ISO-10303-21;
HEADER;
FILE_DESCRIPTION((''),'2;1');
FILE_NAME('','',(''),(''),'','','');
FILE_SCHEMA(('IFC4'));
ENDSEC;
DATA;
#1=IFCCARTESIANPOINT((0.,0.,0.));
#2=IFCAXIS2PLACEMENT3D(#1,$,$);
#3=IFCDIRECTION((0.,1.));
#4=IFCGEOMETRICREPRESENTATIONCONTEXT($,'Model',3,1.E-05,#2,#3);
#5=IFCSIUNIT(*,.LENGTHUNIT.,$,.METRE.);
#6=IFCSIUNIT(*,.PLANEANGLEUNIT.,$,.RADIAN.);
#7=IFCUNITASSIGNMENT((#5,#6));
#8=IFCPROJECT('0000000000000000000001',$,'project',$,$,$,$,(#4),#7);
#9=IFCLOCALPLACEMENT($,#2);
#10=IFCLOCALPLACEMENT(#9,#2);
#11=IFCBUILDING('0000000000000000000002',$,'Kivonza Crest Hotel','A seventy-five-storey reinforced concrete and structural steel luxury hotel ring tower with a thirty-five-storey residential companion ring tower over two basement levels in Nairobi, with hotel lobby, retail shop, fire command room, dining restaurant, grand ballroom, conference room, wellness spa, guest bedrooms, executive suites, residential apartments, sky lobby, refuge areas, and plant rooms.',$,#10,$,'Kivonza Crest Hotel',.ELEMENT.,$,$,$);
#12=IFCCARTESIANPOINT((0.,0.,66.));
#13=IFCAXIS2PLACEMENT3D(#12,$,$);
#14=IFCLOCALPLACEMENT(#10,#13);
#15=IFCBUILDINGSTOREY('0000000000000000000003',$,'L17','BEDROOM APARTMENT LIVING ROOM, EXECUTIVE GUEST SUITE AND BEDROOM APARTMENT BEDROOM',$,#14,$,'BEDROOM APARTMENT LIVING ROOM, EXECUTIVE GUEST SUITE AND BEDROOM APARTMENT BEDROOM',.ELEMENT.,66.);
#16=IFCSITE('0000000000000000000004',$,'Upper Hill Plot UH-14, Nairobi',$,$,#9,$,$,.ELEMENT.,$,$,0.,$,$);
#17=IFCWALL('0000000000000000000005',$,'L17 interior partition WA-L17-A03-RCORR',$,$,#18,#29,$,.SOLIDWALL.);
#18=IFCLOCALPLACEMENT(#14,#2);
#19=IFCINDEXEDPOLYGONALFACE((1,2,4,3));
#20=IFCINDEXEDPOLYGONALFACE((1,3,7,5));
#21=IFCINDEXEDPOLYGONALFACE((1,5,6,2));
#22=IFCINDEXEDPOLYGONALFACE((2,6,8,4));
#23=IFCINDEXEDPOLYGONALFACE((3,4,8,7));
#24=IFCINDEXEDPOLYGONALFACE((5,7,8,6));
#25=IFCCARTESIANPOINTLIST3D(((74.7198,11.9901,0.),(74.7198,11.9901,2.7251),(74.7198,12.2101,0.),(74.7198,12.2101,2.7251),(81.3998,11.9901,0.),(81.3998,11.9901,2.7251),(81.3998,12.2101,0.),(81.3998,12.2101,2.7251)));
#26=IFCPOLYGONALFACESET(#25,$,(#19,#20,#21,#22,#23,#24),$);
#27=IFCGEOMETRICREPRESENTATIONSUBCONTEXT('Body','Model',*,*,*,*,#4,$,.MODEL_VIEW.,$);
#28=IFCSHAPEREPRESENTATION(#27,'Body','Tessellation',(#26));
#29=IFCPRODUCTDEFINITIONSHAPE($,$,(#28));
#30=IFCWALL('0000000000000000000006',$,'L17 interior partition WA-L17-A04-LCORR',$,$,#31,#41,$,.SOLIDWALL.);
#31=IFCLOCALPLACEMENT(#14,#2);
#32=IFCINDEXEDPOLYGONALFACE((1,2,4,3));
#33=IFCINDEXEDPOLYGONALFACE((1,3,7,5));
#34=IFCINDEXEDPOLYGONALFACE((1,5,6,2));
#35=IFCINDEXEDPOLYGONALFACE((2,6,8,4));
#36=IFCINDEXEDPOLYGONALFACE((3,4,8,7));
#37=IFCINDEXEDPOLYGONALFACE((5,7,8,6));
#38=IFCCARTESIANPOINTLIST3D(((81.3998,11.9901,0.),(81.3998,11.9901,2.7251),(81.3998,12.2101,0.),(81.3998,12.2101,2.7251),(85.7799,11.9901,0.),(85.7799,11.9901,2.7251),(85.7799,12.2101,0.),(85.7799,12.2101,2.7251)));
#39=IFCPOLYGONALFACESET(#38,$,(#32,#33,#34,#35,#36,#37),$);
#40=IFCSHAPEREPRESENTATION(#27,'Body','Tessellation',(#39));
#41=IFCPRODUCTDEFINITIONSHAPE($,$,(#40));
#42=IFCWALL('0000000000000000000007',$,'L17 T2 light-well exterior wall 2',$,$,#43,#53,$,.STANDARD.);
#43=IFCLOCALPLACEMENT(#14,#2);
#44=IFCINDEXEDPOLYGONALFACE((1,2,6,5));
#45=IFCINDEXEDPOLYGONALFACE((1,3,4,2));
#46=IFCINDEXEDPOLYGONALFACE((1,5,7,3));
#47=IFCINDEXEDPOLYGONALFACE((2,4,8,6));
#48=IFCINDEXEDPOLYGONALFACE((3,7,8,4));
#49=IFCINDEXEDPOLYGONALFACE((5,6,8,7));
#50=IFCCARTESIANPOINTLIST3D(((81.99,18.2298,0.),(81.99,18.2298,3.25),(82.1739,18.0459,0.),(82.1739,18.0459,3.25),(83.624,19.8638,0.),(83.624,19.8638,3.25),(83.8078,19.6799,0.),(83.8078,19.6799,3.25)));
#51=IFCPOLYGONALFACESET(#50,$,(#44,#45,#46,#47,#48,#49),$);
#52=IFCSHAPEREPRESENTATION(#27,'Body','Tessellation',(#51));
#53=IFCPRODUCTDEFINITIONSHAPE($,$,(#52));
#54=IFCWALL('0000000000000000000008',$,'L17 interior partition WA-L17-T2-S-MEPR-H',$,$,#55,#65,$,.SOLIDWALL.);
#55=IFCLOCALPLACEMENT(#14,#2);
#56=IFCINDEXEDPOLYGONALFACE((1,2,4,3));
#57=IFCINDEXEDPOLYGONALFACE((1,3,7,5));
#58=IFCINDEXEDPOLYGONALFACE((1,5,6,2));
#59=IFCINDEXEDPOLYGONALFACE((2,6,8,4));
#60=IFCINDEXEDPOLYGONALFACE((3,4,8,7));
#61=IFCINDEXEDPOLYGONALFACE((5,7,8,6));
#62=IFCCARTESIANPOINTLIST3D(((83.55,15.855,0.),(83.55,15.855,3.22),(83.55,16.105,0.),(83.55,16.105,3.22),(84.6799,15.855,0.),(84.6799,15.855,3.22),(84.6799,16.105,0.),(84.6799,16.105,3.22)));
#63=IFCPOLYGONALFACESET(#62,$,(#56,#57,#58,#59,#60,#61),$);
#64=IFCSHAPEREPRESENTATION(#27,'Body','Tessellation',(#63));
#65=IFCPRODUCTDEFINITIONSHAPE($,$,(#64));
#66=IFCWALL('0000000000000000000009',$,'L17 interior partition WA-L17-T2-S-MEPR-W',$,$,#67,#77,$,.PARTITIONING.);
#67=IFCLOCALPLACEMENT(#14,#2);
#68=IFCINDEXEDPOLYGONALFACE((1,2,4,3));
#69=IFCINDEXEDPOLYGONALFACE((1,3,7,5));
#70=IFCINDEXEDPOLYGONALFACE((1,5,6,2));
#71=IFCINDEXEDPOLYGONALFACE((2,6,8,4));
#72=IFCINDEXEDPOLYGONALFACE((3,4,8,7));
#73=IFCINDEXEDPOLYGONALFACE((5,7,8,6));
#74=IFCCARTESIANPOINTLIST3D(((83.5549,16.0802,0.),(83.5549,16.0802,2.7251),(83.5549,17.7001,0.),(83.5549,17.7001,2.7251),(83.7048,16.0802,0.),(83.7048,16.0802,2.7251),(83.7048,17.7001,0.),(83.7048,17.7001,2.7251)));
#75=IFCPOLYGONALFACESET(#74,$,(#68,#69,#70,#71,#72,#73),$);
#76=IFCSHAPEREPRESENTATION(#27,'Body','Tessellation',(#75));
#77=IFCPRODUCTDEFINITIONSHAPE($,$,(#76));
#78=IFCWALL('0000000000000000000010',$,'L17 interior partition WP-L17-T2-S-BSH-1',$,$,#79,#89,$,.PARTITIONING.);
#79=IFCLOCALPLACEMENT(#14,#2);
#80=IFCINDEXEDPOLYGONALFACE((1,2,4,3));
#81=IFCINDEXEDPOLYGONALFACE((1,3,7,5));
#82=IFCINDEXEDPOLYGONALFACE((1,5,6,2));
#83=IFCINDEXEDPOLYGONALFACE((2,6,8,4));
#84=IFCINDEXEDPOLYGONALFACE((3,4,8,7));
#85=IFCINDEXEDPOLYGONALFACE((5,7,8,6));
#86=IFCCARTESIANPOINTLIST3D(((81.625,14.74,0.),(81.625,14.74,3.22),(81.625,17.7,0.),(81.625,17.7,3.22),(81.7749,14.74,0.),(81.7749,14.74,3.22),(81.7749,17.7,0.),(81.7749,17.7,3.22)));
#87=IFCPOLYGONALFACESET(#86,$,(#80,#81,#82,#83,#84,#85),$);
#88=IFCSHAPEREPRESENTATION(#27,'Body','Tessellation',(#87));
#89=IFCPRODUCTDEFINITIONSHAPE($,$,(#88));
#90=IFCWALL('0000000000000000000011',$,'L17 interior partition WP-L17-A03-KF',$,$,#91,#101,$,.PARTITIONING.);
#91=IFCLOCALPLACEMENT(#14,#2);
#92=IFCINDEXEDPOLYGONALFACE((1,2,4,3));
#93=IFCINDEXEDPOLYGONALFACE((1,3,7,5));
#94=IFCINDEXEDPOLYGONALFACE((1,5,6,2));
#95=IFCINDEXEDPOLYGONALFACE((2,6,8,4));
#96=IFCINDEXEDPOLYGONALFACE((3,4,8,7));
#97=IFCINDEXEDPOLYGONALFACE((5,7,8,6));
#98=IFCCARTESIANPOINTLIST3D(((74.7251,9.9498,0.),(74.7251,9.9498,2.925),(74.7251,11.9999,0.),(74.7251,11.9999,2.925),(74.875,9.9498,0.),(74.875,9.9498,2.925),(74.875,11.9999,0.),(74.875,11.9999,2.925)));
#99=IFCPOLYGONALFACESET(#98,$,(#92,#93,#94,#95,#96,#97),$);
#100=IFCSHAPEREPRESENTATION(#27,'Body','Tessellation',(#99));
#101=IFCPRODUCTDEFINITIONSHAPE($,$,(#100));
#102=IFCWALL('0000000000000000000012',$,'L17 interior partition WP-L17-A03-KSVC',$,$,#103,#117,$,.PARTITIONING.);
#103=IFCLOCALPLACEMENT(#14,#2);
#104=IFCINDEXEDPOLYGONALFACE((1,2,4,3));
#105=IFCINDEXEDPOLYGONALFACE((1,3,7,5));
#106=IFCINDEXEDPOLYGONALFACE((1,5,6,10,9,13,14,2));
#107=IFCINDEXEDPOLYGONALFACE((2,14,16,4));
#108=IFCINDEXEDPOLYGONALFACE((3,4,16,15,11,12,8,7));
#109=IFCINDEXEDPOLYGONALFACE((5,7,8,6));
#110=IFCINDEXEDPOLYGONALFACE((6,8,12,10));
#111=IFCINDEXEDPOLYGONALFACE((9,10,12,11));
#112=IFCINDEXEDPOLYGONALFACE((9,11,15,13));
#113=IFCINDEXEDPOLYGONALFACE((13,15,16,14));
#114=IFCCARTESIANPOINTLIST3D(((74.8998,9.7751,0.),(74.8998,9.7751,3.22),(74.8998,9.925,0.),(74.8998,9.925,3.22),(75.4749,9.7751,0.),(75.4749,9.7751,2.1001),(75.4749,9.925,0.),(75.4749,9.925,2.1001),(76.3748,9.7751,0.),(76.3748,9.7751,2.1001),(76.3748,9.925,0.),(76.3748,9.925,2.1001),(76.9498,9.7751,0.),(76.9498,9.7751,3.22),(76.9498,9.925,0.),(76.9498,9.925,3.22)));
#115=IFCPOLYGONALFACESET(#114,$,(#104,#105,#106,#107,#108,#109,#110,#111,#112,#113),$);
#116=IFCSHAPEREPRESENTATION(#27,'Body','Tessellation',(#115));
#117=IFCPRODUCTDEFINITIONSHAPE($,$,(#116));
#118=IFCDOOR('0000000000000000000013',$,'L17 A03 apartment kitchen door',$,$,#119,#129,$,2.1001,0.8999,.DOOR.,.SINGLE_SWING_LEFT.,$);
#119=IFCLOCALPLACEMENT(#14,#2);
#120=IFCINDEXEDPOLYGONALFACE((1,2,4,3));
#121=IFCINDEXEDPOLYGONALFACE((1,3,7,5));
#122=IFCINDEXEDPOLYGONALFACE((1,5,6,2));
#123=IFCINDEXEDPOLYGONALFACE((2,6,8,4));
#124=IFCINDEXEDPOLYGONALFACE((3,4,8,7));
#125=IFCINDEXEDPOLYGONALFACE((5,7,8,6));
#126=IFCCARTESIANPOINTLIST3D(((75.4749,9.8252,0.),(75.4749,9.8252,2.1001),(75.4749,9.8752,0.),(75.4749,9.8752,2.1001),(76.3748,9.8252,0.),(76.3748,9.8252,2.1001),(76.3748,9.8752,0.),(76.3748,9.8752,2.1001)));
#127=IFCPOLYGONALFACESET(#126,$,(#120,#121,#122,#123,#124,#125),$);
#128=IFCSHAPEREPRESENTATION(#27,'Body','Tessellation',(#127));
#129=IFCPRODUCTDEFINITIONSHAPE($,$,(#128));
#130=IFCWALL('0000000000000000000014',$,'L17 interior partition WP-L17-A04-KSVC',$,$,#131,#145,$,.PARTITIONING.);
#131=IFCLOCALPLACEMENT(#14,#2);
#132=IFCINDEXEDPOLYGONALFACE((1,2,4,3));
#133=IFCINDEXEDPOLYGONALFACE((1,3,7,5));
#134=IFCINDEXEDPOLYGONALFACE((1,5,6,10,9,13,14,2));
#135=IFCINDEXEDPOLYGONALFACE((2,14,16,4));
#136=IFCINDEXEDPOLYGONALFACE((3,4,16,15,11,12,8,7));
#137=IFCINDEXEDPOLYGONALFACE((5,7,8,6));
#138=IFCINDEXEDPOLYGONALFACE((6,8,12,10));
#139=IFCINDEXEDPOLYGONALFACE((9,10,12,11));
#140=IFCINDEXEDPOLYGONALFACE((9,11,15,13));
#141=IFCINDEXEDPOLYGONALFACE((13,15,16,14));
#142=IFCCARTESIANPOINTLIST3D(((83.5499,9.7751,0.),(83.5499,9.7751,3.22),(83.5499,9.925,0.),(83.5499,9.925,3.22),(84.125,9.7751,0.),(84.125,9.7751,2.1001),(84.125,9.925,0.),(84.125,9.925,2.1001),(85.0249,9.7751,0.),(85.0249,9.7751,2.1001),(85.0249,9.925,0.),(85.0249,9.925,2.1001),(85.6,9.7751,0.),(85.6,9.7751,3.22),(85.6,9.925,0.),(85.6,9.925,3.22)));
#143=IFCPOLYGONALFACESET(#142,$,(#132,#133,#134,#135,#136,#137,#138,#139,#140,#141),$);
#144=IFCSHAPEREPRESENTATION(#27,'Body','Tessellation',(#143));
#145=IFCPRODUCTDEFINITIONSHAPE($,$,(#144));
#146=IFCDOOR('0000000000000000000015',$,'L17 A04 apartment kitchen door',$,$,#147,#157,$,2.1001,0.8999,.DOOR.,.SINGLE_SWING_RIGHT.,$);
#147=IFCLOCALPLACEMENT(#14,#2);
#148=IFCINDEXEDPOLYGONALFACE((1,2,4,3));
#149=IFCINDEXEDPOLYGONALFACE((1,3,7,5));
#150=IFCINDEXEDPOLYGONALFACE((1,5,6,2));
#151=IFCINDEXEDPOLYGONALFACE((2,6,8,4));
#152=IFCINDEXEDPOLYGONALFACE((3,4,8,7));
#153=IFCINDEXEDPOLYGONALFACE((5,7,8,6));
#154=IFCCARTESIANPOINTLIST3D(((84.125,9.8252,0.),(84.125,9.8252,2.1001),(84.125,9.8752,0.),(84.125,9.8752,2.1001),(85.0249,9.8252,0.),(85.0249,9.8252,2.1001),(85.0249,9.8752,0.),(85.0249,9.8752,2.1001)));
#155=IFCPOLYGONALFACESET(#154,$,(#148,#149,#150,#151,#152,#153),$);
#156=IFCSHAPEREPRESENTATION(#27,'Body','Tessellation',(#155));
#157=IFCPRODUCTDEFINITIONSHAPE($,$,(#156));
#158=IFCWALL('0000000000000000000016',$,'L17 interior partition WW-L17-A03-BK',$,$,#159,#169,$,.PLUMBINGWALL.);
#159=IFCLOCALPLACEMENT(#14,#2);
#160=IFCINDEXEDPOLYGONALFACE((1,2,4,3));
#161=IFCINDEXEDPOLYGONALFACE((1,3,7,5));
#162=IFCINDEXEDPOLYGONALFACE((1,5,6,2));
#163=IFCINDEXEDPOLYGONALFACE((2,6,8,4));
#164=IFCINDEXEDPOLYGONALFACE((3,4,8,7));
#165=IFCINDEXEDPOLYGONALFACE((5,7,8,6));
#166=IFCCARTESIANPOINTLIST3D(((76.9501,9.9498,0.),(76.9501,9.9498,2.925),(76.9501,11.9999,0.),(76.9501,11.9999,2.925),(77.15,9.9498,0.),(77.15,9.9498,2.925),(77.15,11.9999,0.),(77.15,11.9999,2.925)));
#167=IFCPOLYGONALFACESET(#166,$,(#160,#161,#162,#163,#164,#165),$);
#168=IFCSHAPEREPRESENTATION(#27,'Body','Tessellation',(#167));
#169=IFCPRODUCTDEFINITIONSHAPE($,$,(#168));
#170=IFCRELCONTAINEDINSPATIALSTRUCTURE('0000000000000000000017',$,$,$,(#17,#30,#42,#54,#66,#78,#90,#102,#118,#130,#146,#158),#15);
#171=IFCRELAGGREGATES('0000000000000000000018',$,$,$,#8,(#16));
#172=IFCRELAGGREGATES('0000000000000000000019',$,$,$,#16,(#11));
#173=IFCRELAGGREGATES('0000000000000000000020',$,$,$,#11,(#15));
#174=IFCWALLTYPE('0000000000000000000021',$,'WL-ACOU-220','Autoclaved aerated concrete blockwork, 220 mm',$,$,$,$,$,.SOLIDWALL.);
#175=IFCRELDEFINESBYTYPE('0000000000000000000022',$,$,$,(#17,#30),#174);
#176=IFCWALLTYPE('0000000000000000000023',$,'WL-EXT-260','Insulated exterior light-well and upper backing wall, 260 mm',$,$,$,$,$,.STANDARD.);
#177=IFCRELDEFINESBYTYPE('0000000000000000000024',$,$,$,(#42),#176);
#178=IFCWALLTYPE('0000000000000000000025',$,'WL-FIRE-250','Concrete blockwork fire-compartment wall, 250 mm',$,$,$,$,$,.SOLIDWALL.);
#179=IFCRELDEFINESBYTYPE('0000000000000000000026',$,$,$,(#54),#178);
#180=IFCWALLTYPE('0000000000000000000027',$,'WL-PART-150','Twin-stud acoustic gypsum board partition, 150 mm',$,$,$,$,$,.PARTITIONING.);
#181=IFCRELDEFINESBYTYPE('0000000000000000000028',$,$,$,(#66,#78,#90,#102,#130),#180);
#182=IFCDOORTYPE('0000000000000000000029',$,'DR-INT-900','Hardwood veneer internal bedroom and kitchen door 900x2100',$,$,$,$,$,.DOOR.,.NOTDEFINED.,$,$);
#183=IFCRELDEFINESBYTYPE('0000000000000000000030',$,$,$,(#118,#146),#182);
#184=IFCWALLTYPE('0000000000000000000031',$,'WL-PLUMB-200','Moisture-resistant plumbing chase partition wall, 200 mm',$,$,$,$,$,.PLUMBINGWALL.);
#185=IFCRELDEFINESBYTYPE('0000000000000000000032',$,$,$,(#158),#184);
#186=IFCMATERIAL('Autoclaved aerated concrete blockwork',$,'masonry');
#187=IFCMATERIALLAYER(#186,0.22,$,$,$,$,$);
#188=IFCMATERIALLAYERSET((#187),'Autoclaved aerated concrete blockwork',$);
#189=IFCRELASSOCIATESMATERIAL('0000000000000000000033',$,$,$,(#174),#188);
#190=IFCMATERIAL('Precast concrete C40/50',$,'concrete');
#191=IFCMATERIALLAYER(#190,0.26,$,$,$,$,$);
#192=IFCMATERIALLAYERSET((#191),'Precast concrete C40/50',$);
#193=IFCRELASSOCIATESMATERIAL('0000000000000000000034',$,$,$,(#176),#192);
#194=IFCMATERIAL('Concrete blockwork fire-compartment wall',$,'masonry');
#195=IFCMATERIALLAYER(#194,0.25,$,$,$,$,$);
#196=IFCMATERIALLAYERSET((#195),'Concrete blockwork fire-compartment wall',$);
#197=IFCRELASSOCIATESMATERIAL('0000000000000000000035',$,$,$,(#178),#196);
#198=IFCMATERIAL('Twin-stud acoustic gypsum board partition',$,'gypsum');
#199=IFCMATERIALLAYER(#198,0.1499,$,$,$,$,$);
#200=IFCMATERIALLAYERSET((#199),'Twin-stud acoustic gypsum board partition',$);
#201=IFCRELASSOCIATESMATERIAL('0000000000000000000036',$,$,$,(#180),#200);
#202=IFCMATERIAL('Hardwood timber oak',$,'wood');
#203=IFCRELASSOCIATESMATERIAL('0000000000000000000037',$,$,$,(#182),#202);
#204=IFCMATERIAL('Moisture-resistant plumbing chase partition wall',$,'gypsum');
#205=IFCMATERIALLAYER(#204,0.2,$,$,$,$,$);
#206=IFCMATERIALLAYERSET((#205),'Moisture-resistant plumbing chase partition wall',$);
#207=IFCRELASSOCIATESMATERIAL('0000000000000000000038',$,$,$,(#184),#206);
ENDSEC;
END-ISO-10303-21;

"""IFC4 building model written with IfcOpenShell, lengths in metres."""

from ifc_helpers import new_model, si_unit, direction, frame, frame_2d, origin, place, context, subcontext, project, spatial, rectangle, extrude, material, layer, layer_set, type_object, element, fill, save


model = new_model("IFC4")

# Units and contexts
model_context = context("Model", 3, precision=1e-05, world=origin(), true_north=direction((0.0, 1.0)))
body_context = subcontext(model_context, "Body", "Model", "MODEL_VIEW")
ifc_project = project(units=[si_unit("LENGTHUNIT", "METRE"), si_unit("PLANEANGLEUNIT", "RADIAN")], contexts=[model_context])

# Site, building, storey
site_placement = place(None, origin())
site = spatial("IfcSite", under=ifc_project, at=site_placement, Name="Upper Hill Plot UH-14, Nairobi", CompositionType="ELEMENT", RefElevation=0.0)
building_placement = place(site_placement, origin())
building = spatial("IfcBuilding", under=site, at=building_placement, Name="Kivonza Crest Hotel", Description="A seventy-five-storey reinforced concrete and structural steel luxury hotel ring tower with a thirty-five-storey residential companion ring tower over two basement levels in Nairobi, with hotel lobby, retail shop, fire command room, dining restaurant, grand ballroom, conference room, wellness spa, guest bedrooms, executive suites, residential apartments, sky lobby, refuge areas, and plant rooms.", LongName="Kivonza Crest Hotel", CompositionType="ELEMENT")
storey_placement = place(building_placement, frame((0.0, 0.0, 66.0)))
storey = spatial("IfcBuildingStorey", under=building, at=storey_placement, Name="L17", Description="BEDROOM APARTMENT LIVING ROOM, EXECUTIVE GUEST SUITE AND BEDROOM APARTMENT BEDROOM", LongName="BEDROOM APARTMENT LIVING ROOM, EXECUTIVE GUEST SUITE AND BEDROOM APARTMENT BEDROOM", CompositionType="ELEMENT", Elevation=66.0)

# Walls
ifc_material_1 = material(Name="Autoclaved aerated concrete blockwork", Category="masonry")
ifc_layer_1 = layer(ifc_material_1, 0.22)
ifc_layer_set_1 = layer_set([ifc_layer_1], Name="Autoclaved aerated concrete blockwork")
wall_type_1 = type_object("IfcWallType", Name="WL-ACOU-220", Description="Autoclaved aerated concrete blockwork, 220 mm", PredefinedType="SOLIDWALL", material=ifc_layer_set_1)
wall_1_placement = place(storey_placement, frame((74.72, 12.1001, 0.0), z_axis=(0.0, 0.0, 1.0), x_axis=(1.0, 0.0, 0.0)))
element("IfcWall", 1, at=wall_1_placement, inside=storey, type_object=wall_type_1, Name="L17 interior partition WA-L17-A03-RCORR", PredefinedType="SOLIDWALL", context=body_context, shape_type="SweptSolid", body=[
    extrude(rectangle(XDim=6.6799, YDim=0.22, at=frame_2d((3.3398, 0.0))), origin(), (0.0, 0.0, 1.0), 2.7251),
])
wall_2_placement = place(storey_placement, frame((81.3999, 12.1001, 0.0), z_axis=(0.0, 0.0, 1.0), x_axis=(1.0, 0.0, 0.0)))
element("IfcWall", 2, at=wall_2_placement, inside=storey, type_object=wall_type_1, Name="L17 interior partition WA-L17-A04-LCORR", PredefinedType="SOLIDWALL", context=body_context, shape_type="SweptSolid", body=[
    extrude(rectangle(XDim=4.3801, YDim=0.22, at=frame_2d((2.1899, 0.0))), origin(), (0.0, 0.0, 1.0), 2.7251),
])
ifc_material_2 = material(Name="Precast concrete C40/50", Category="concrete")
ifc_layer_2 = layer(ifc_material_2, 0.26)
ifc_layer_set_2 = layer_set([ifc_layer_2], Name="Precast concrete C40/50")
wall_type_2 = type_object("IfcWallType", Name="WL-EXT-260", Description="Insulated exterior light-well and upper backing wall, 260 mm", PredefinedType="STANDARD", material=ifc_layer_set_2)
wall_3_placement = place(storey_placement, frame((82.082, 18.1379, 0.0), z_axis=(0.0, 0.0, 1.0), x_axis=(0.707107, 0.707107, 0.0)))
element("IfcWall", 3, at=wall_3_placement, inside=storey, type_object=wall_type_2, Name="L17 T2 light-well exterior wall 2", PredefinedType="STANDARD", context=body_context, shape_type="SweptSolid", body=[
    extrude(rectangle(XDim=2.3108, YDim=0.26, at=frame_2d((1.1553, 0.0))), origin(), (0.0, 0.0, 1.0), 3.25),
])
ifc_material_3 = material(Name="Concrete blockwork fire-compartment wall", Category="masonry")
ifc_layer_3 = layer(ifc_material_3, 0.25)
ifc_layer_set_3 = layer_set([ifc_layer_3], Name="Concrete blockwork fire-compartment wall")
wall_type_3 = type_object("IfcWallType", Name="WL-FIRE-250", Description="Concrete blockwork fire-compartment wall, 250 mm", PredefinedType="SOLIDWALL", material=ifc_layer_set_3)
wall_4_placement = place(storey_placement, frame((83.55, 15.98, 0.0), z_axis=(0.0, 0.0, 1.0), x_axis=(1.0, 0.0, 0.0)))
element("IfcWall", 4, at=wall_4_placement, inside=storey, type_object=wall_type_3, Name="L17 interior partition WA-L17-T2-S-MEPR-H", PredefinedType="SOLIDWALL", context=body_context, shape_type="SweptSolid", body=[
    extrude(rectangle(XDim=1.1299, YDim=0.25, at=frame_2d((0.5649, 0.0))), origin(), (0.0, 0.0, 1.0), 3.22),
])
ifc_material_4 = material(Name="Twin-stud acoustic gypsum board partition", Category="gypsum")
ifc_layer_4 = layer(ifc_material_4, 0.1499)
ifc_layer_set_4 = layer_set([ifc_layer_4], Name="Twin-stud acoustic gypsum board partition")
wall_type_4 = type_object("IfcWallType", Name="WL-PART-150", Description="Twin-stud acoustic gypsum board partition, 150 mm", PredefinedType="PARTITIONING", material=ifc_layer_set_4)
wall_5_placement = place(storey_placement, frame((83.6299, 16.0801, 0.0), z_axis=(0.0, 0.0, 1.0), x_axis=(0.0, 1.0, 0.0)))
element("IfcWall", 5, at=wall_5_placement, inside=storey, type_object=wall_type_4, Name="L17 interior partition WA-L17-T2-S-MEPR-W", PredefinedType="PARTITIONING", context=body_context, shape_type="SweptSolid", body=[
    extrude(rectangle(XDim=1.6199, YDim=0.1499, at=frame_2d((0.8101, 0.0))), origin(), (0.0, 0.0, 1.0), 2.7251),
])
wall_6_placement = place(storey_placement, frame((81.7, 14.74, 0.0), z_axis=(0.0, 0.0, 1.0), x_axis=(0.0, 1.0, 0.0)))
element("IfcWall", 6, at=wall_6_placement, inside=storey, type_object=wall_type_4, Name="L17 interior partition WP-L17-T2-S-BSH-1", PredefinedType="PARTITIONING", context=body_context, shape_type="SweptSolid", body=[
    extrude(rectangle(XDim=2.96, YDim=0.1499, at=frame_2d((1.48, 0.0))), origin(), (0.0, 0.0, 1.0), 3.22),
])
wall_7_placement = place(storey_placement, frame((74.8, 9.95, 0.0), z_axis=(0.0, 0.0, 1.0), x_axis=(0.0, 1.0, 0.0)))
element("IfcWall", 7, at=wall_7_placement, inside=storey, type_object=wall_type_4, Name="L17 interior partition WP-L17-A03-KF", PredefinedType="PARTITIONING", context=body_context, shape_type="SweptSolid", body=[
    extrude(rectangle(XDim=2.05, YDim=0.1499, at=frame_2d((1.0249, 0.0))), origin(), (0.0, 0.0, 1.0), 2.925),
])

# Walls, openings, doors
wall_8_placement = place(storey_placement, frame((74.8999, 9.8501, 0.0), z_axis=(0.0, 0.0, 1.0), x_axis=(1.0, 0.0, 0.0)))
wall_8 = element("IfcWall", 8, at=wall_8_placement, inside=storey, type_object=wall_type_4, Name="L17 interior partition WP-L17-A03-KSVC", PredefinedType="PARTITIONING", context=body_context, shape_type="SweptSolid", body=[
    extrude(rectangle(XDim=2.05, YDim=0.1499, at=frame_2d((1.0249, 0.0))), origin(), (0.0, 0.0, 1.0), 3.22),
])
opening_1_placement = place(wall_8_placement, frame((0.575, 0.0, 0.0)))
opening_1 = element("IfcOpeningElement", 9, at=opening_1_placement, cuts=wall_8, PredefinedType="OPENING", context=body_context, shape_type="SweptSolid", body=[
    extrude(rectangle(XDim=0.8999, YDim=2.1001, at=frame_2d((0.45, 1.05))), frame((0.0, 0.085, 0.0), z_axis=(0.0, -1.0, 0.0), x_axis=(1.0, 0.0, 0.0)), (0.0, 0.0, 1.0), 0.1699),
])
ifc_material_5 = material(Name="Hardwood timber oak", Category="wood")
door_type_1 = type_object("IfcDoorType", Name="DR-INT-900", Description="Hardwood veneer internal bedroom and kitchen door 900x2100", OperationType="NOTDEFINED", PredefinedType="DOOR", material=ifc_material_5)
door_1_placement = place(opening_1_placement, frame((0.8999, 0.0, 0.0), z_axis=(0.0, 0.0, 1.0), x_axis=(-1.0, 0.0, 0.0)))
door_1 = element("IfcDoor", 10, at=door_1_placement, inside=storey, type_object=door_type_1, Name="L17 A03 apartment kitchen door", OperationType="SINGLE_SWING_LEFT", OverallHeight=2.1001, OverallWidth=0.8999, PredefinedType="DOOR", context=body_context, shape_type="SweptSolid", body=[
    extrude(rectangle(XDim=0.8999, YDim=2.1001, at=frame_2d((0.45, 1.05))), frame((0.0, 0.0249, 0.0), z_axis=(0.0, -1.0, 0.0), x_axis=(1.0, 0.0, 0.0)), (0.0, 0.0, 1.0), 0.05),
])
fill(opening_1, door_1)
wall_9_placement = place(storey_placement, frame((83.55, 9.8501, 0.0), z_axis=(0.0, 0.0, 1.0), x_axis=(1.0, 0.0, 0.0)))
wall_9 = element("IfcWall", 11, at=wall_9_placement, inside=storey, type_object=wall_type_4, Name="L17 interior partition WP-L17-A04-KSVC", PredefinedType="PARTITIONING", context=body_context, shape_type="SweptSolid", body=[
    extrude(rectangle(XDim=2.05, YDim=0.1499, at=frame_2d((1.0249, 0.0))), origin(), (0.0, 0.0, 1.0), 3.22),
])
opening_2_placement = place(wall_9_placement, frame((0.575, 0.0, 0.0)))
opening_2 = element("IfcOpeningElement", 12, at=opening_2_placement, cuts=wall_9, PredefinedType="OPENING", context=body_context, shape_type="SweptSolid", body=[
    extrude(rectangle(XDim=0.8999, YDim=2.1001, at=frame_2d((0.45, 1.05))), frame((0.0, 0.085, 0.0), z_axis=(0.0, -1.0, 0.0), x_axis=(1.0, 0.0, 0.0)), (0.0, 0.0, 1.0), 0.1699),
])
door_2_placement = place(opening_2_placement, frame((0.8999, 0.0, 0.0), z_axis=(0.0, 0.0, 1.0), x_axis=(-1.0, 0.0, 0.0)))
door_2 = element("IfcDoor", 13, at=door_2_placement, inside=storey, type_object=door_type_1, Name="L17 A04 apartment kitchen door", OperationType="SINGLE_SWING_RIGHT", OverallHeight=2.1001, OverallWidth=0.8999, PredefinedType="DOOR", context=body_context, shape_type="SweptSolid", body=[
    extrude(rectangle(XDim=0.8999, YDim=2.1001, at=frame_2d((0.45, 1.05))), frame((0.0, 0.0249, 0.0), z_axis=(0.0, -1.0, 0.0), x_axis=(1.0, 0.0, 0.0)), (0.0, 0.0, 1.0), 0.05),
])
fill(opening_2, door_2)

# Wall
ifc_material_6 = material(Name="Moisture-resistant plumbing chase partition wall", Category="gypsum")
ifc_layer_5 = layer(ifc_material_6, 0.2)
ifc_layer_set_5 = layer_set([ifc_layer_5], Name="Moisture-resistant plumbing chase partition wall")
wall_type_5 = type_object("IfcWallType", Name="WL-PLUMB-200", Description="Moisture-resistant plumbing chase partition wall, 200 mm", PredefinedType="PLUMBINGWALL", material=ifc_layer_set_5)
wall_10_placement = place(storey_placement, frame((77.05, 9.95, 0.0), z_axis=(0.0, 0.0, 1.0), x_axis=(0.0, 1.0, 0.0)))
element("IfcWall", 14, at=wall_10_placement, inside=storey, type_object=wall_type_5, Name="L17 interior partition WW-L17-A03-BK", PredefinedType="PLUMBINGWALL", context=body_context, shape_type="SweptSolid", body=[
    extrude(rectangle(XDim=2.05, YDim=0.2, at=frame_2d((1.0249, 0.0))), origin(), (0.0, 0.0, 1.0), 2.925),
])

save(model, "model.ifc")
